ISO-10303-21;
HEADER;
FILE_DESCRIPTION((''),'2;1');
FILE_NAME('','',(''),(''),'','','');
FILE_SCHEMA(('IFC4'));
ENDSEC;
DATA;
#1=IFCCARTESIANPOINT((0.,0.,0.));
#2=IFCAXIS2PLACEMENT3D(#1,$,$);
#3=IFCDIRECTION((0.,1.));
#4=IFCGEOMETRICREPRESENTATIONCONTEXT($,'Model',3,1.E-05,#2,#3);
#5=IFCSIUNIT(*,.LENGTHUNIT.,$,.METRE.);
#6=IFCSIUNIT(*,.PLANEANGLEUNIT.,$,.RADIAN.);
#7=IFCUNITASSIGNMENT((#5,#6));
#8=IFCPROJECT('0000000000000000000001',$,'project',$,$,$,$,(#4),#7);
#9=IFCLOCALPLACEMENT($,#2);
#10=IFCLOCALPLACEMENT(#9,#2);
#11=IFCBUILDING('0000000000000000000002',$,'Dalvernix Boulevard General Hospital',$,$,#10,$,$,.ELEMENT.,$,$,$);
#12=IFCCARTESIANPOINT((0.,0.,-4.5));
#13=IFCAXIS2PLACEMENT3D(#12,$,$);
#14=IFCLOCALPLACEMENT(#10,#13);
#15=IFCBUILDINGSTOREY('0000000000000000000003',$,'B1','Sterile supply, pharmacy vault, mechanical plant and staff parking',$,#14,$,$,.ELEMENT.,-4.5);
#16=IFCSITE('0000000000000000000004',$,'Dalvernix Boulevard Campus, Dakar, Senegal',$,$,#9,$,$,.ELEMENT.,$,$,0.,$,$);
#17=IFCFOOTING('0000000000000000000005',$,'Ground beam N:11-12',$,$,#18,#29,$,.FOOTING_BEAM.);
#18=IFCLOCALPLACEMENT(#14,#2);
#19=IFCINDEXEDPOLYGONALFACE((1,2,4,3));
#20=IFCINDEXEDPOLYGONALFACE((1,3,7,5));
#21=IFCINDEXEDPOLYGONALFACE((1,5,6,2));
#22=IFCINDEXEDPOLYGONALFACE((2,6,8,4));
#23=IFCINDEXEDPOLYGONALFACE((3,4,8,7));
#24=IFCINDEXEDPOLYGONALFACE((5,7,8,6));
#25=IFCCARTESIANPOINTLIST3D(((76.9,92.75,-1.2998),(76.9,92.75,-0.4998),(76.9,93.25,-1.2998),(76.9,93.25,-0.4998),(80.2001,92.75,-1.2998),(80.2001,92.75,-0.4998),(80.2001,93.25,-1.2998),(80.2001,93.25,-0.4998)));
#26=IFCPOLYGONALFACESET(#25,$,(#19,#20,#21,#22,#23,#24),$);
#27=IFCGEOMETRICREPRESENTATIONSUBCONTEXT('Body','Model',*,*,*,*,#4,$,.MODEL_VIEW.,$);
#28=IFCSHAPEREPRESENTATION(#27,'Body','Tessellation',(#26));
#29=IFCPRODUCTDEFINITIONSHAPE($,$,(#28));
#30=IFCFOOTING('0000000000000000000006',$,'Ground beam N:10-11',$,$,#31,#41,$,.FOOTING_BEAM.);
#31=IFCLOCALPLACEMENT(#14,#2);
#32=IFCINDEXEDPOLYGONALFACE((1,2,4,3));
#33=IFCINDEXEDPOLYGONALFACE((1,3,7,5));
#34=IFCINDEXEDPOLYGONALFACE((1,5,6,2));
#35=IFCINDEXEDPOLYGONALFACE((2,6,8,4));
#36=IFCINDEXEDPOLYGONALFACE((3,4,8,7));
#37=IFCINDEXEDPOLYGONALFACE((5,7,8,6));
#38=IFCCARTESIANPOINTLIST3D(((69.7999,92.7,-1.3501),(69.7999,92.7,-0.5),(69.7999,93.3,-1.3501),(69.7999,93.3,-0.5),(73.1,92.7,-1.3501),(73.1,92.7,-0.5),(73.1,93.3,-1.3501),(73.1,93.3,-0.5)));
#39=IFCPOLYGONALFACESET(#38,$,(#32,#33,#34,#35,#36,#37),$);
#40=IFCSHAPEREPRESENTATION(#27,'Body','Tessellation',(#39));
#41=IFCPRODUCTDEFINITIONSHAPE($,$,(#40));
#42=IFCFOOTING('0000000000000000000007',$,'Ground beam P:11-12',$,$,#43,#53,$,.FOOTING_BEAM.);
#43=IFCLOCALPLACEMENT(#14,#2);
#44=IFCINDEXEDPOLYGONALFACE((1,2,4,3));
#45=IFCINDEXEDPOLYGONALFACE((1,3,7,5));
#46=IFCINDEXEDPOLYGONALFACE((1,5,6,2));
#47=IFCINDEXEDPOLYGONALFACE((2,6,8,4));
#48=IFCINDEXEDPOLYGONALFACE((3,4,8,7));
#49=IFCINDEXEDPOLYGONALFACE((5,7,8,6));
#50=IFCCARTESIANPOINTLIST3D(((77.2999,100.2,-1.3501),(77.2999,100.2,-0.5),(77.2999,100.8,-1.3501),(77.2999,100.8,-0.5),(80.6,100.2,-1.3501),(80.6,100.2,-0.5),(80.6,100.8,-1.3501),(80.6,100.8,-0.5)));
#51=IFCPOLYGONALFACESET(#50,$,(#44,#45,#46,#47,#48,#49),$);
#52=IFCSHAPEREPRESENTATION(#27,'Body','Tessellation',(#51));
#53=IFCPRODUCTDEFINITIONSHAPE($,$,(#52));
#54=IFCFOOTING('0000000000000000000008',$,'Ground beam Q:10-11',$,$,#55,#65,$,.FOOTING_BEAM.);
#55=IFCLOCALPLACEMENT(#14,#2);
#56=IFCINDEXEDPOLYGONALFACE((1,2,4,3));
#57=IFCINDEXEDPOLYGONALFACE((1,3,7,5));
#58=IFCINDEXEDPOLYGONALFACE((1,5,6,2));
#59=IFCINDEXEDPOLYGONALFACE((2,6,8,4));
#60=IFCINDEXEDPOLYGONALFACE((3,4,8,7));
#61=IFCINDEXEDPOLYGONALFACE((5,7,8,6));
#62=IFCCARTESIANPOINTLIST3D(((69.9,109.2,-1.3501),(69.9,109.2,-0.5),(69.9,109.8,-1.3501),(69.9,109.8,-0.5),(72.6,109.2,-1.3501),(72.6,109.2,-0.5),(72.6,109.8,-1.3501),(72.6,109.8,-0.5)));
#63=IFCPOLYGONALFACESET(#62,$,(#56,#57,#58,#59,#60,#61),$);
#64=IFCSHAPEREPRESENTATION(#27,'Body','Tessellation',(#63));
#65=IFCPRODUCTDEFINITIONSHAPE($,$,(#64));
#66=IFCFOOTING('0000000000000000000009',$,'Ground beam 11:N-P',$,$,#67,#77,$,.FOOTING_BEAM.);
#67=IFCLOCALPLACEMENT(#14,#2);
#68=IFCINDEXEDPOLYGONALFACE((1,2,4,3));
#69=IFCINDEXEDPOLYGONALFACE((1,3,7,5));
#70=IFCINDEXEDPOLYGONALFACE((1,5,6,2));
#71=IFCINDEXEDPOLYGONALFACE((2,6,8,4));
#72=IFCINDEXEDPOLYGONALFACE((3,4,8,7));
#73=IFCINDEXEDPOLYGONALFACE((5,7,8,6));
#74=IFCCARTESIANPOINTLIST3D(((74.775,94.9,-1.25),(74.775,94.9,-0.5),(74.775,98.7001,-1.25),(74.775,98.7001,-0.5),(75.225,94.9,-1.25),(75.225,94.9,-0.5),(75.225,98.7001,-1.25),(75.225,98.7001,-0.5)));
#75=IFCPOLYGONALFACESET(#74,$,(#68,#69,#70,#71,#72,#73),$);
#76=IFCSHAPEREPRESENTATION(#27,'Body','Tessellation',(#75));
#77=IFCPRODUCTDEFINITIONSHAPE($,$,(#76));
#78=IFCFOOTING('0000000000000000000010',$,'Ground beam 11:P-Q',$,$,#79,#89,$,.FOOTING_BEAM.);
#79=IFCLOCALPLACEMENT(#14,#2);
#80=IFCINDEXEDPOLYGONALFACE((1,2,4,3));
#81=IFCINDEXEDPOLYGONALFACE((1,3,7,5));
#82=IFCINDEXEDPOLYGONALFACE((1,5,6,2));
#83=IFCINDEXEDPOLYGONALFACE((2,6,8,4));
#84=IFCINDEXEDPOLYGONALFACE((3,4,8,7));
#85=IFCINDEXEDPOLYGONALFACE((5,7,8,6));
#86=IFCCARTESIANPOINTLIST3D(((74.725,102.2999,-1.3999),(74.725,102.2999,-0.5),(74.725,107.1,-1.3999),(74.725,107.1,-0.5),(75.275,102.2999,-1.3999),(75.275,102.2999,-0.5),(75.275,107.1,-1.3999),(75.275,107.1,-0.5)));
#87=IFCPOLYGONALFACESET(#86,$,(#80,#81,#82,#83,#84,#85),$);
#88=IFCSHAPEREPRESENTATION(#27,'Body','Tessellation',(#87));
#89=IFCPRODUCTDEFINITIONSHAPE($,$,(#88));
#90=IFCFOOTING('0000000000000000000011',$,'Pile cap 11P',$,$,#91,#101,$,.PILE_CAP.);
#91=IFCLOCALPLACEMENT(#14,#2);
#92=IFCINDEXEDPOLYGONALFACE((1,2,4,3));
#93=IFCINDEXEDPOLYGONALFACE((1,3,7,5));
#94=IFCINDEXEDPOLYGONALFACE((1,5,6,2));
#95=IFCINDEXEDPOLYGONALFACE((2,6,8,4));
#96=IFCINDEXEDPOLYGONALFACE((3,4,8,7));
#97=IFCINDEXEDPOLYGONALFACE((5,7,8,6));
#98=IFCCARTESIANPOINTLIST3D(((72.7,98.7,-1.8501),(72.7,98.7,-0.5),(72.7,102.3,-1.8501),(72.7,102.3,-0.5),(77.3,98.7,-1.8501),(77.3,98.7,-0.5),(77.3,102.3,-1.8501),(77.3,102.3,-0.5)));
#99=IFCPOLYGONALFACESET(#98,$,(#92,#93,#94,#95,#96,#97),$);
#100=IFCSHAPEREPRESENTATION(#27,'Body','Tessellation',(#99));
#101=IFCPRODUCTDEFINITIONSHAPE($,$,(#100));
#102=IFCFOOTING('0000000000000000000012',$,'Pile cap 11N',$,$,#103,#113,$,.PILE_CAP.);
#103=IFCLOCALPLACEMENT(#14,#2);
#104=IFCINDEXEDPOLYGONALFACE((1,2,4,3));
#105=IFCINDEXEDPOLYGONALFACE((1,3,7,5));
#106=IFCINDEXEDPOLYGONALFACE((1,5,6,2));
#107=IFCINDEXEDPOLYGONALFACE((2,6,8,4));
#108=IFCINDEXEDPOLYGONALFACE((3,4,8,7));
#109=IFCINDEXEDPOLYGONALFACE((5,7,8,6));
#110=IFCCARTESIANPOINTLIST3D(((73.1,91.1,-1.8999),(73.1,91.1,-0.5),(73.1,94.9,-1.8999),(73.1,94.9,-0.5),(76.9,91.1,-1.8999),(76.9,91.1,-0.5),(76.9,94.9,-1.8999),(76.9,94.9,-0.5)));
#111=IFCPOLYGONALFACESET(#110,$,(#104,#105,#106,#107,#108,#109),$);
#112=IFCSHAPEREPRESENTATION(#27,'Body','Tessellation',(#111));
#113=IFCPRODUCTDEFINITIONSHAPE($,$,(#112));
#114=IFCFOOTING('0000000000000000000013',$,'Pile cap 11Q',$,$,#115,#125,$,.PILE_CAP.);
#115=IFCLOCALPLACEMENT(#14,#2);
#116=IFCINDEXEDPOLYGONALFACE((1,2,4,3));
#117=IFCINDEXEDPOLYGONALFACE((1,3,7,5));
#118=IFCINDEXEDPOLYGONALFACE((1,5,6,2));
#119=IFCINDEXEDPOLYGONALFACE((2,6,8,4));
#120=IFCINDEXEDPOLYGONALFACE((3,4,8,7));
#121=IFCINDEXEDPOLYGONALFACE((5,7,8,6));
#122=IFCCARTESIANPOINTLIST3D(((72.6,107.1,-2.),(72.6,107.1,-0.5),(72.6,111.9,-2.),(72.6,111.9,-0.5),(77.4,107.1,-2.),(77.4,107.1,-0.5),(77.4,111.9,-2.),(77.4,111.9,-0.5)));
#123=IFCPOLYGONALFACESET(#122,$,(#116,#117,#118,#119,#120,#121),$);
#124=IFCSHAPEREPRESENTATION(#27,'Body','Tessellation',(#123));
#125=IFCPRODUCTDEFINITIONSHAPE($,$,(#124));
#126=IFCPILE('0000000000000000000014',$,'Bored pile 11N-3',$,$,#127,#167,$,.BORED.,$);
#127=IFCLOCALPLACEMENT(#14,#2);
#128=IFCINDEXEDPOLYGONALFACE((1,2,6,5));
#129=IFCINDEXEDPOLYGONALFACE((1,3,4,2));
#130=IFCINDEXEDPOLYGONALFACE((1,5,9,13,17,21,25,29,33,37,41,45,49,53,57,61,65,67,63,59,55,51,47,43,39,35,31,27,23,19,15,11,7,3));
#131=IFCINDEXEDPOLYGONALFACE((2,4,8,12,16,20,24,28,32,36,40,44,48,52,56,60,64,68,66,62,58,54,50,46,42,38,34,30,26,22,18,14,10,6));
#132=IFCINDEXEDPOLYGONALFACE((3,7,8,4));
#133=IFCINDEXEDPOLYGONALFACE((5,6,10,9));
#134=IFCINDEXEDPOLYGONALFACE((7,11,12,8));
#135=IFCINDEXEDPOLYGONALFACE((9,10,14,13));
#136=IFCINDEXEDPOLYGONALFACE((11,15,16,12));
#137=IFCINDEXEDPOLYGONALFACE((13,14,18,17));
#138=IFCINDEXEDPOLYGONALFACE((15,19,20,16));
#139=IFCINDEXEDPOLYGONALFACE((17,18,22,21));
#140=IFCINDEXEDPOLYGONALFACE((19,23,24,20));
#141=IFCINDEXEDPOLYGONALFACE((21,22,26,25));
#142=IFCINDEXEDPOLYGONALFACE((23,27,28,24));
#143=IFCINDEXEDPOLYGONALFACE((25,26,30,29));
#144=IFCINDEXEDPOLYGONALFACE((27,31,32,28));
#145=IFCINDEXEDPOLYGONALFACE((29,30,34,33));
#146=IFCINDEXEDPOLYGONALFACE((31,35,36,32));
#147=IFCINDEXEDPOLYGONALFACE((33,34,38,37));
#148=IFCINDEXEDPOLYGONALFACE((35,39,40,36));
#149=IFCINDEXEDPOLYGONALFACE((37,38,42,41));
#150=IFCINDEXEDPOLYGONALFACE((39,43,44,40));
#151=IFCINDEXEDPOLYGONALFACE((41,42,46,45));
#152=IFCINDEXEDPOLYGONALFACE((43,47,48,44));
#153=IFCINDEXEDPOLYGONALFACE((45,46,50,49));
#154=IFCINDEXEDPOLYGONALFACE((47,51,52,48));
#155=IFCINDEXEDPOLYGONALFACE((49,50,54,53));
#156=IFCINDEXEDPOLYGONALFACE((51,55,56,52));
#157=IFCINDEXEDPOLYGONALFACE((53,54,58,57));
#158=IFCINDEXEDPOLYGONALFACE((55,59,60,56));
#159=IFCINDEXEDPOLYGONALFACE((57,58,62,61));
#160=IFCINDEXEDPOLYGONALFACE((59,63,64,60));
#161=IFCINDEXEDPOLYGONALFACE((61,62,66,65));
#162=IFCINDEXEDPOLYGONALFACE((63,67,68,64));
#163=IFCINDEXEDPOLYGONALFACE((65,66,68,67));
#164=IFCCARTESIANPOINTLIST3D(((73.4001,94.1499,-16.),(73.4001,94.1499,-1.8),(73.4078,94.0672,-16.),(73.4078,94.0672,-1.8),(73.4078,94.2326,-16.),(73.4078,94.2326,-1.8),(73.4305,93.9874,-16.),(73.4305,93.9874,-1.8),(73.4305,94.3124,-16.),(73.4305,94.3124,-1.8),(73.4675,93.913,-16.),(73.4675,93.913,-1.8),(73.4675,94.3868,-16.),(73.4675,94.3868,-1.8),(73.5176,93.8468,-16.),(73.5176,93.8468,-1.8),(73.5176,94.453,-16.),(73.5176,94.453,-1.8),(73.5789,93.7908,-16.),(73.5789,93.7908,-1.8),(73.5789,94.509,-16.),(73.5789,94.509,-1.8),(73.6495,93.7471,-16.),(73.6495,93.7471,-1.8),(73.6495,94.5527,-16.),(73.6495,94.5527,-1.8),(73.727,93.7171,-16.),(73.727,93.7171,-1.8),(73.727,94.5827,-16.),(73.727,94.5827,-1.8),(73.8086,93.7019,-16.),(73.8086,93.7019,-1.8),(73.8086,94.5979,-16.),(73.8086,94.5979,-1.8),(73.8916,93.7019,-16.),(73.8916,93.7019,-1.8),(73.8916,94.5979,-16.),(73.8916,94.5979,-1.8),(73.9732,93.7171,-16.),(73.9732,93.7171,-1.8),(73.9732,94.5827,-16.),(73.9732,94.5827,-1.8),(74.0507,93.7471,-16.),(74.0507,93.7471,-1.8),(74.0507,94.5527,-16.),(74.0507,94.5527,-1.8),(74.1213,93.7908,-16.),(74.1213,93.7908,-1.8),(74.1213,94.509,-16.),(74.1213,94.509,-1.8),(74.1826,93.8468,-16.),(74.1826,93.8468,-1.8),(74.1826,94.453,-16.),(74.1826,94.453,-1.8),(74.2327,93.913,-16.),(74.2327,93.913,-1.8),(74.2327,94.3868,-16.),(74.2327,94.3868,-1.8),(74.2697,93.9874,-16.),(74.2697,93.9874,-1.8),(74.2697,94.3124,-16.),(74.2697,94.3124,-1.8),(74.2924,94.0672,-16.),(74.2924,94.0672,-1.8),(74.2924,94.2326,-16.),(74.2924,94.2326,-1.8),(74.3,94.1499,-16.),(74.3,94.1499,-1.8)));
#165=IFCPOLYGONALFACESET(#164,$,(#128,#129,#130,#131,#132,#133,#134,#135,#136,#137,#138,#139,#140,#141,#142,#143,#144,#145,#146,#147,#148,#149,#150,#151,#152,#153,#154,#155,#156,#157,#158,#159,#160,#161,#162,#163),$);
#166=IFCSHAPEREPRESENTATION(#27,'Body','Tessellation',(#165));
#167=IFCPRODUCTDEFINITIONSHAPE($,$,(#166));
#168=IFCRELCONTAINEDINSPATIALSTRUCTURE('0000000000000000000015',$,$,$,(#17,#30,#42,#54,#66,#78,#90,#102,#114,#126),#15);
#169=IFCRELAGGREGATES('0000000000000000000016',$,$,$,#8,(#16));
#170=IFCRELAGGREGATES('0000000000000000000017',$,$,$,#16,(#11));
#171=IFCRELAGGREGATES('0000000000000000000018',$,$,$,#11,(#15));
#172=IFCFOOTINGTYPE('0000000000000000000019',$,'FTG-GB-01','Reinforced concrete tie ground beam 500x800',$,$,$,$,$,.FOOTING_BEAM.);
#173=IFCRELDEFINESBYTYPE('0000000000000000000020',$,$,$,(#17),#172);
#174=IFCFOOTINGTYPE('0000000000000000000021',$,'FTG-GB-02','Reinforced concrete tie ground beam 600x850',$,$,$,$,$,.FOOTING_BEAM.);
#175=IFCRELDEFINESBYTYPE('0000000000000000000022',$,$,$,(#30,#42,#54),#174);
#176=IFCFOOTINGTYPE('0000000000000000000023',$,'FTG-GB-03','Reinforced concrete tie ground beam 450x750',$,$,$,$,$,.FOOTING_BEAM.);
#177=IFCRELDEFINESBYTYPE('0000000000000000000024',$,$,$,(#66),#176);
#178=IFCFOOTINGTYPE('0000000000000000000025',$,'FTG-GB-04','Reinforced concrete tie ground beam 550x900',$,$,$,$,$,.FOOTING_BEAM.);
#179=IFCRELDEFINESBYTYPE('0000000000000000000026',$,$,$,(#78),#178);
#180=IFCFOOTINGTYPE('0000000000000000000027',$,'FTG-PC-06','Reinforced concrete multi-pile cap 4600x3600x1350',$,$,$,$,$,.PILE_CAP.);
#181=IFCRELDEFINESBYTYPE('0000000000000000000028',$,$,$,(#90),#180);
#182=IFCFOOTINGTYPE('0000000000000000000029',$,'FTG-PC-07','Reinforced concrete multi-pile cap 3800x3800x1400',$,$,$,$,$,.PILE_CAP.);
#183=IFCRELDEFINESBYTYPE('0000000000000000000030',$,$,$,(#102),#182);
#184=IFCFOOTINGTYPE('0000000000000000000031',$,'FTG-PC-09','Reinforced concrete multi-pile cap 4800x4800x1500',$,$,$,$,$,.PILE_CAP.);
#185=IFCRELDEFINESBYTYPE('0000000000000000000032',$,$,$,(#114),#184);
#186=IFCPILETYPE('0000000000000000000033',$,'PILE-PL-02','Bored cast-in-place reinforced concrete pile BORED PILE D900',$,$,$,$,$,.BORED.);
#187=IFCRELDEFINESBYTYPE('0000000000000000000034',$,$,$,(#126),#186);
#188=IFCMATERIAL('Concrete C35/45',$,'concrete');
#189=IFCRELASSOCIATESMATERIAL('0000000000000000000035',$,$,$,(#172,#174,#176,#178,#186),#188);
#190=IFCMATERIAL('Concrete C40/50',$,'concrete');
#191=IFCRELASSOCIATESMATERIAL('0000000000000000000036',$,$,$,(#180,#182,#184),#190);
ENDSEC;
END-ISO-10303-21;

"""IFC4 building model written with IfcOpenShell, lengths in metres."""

from ifc_helpers import new_model, si_unit, direction, frame, origin, origin_2d, place, context, subcontext, project, spatial, rectangle, circle, extrude, material, material_profile, profile_set, type_object, element, save


model = new_model("IFC4")

# Units and contexts
model_context = context("Model", 3, precision=1e-05, world=origin(), true_north=direction((0.0, 1.0)))
body_context = subcontext(model_context, "Body", "Model", "MODEL_VIEW")
ifc_project = project(units=[si_unit("LENGTHUNIT", "METRE"), si_unit("PLANEANGLEUNIT", "RADIAN")], contexts=[model_context])

# Site, building, storey
site_placement = place(None, origin())
site = spatial("IfcSite", under=ifc_project, at=site_placement, Name="Dalvernix Boulevard Campus, Dakar, Senegal", CompositionType="ELEMENT", RefElevation=0.0)
building_placement = place(site_placement, origin())
building = spatial("IfcBuilding", under=site, at=building_placement, Name="Dalvernix Boulevard General Hospital", CompositionType="ELEMENT")
storey_placement = place(building_placement, frame((0.0, 0.0, -4.5)))
storey = spatial("IfcBuildingStorey", under=building, at=storey_placement, Name="B1", Description="Sterile supply, pharmacy vault, mechanical plant and staff parking", CompositionType="ELEMENT", Elevation=-4.5)

# Footings
ifc_material_1 = material(Name="Concrete C35/45", Category="concrete")
footing_type_1 = type_object("IfcFootingType", Name="FTG-GB-01", Description="Reinforced concrete tie ground beam 500x800", PredefinedType="FOOTING_BEAM", material=ifc_material_1)
footing_1_placement = place(storey_placement, frame((78.55, 93.0, -1.2998), z_axis=(0.0, 0.0, 1.0), x_axis=(1.0, 0.0, 0.0)))
element("IfcFooting", 1, at=footing_1_placement, inside=storey, type_object=footing_type_1, Name="Ground beam N:11-12", PredefinedType="FOOTING_BEAM", context=body_context, shape_type="SweptSolid", body=[
    extrude(rectangle(XDim=3.3, YDim=0.5, at=origin_2d()), origin(), (0.0, 0.0, 1.0), 0.8),
])
footing_type_2 = type_object("IfcFootingType", Name="FTG-GB-02", Description="Reinforced concrete tie ground beam 600x850", PredefinedType="FOOTING_BEAM", material=ifc_material_1)
for number, where, z_axis, x_axis, name in (
    (2, (71.45, 93.0, -1.3501), (0.0, 0.0, 1.0), (1.0, 0.0, 0.0), "Ground beam N:10-11"),
    (3, (78.95, 100.5, -1.3501), (0.0, 0.0, 1.0), (1.0, 0.0, 0.0), "Ground beam P:11-12"),
):
    element("IfcFooting", number, at=place(storey_placement, frame(where, z_axis=z_axis, x_axis=x_axis)), inside=storey, type_object=footing_type_2, Name=name, PredefinedType="FOOTING_BEAM", context=body_context, shape_type="SweptSolid", body=[
        extrude(rectangle(XDim=3.3, YDim=0.6001, at=origin_2d()), origin(), (0.0, 0.0, 1.0), 0.8501),
    ])
footing_2_placement = place(storey_placement, frame((71.25, 109.5, -1.3501), z_axis=(0.0, 0.0, 1.0), x_axis=(1.0, 0.0, 0.0)))
element("IfcFooting", 4, at=footing_2_placement, inside=storey, type_object=footing_type_2, Name="Ground beam Q:10-11", PredefinedType="FOOTING_BEAM", context=body_context, shape_type="SweptSolid", body=[
    extrude(rectangle(XDim=2.7, YDim=0.6001, at=origin_2d()), origin(), (0.0, 0.0, 1.0), 0.8501),
])
footing_type_3 = type_object("IfcFootingType", Name="FTG-GB-03", Description="Reinforced concrete tie ground beam 450x750", PredefinedType="FOOTING_BEAM", material=ifc_material_1)
footing_3_placement = place(storey_placement, frame((75.0, 96.8, -1.25), z_axis=(0.0, 0.0, 1.0), x_axis=(0.0, 1.0, 0.0)))
element("IfcFooting", 5, at=footing_3_placement, inside=storey, type_object=footing_type_3, Name="Ground beam 11:N-P", PredefinedType="FOOTING_BEAM", context=body_context, shape_type="SweptSolid", body=[
    extrude(rectangle(XDim=3.8, YDim=0.45, at=origin_2d()), origin(), (0.0, 0.0, 1.0), 0.75),
])
footing_type_4 = type_object("IfcFootingType", Name="FTG-GB-04", Description="Reinforced concrete tie ground beam 550x900", PredefinedType="FOOTING_BEAM", material=ifc_material_1)
footing_4_placement = place(storey_placement, frame((75.0, 104.7, -1.3999), z_axis=(0.0, 0.0, 1.0), x_axis=(0.0, 1.0, 0.0)))
element("IfcFooting", 6, at=footing_4_placement, inside=storey, type_object=footing_type_4, Name="Ground beam 11:P-Q", PredefinedType="FOOTING_BEAM", context=body_context, shape_type="SweptSolid", body=[
    extrude(rectangle(XDim=4.8, YDim=0.55, at=origin_2d()), origin(), (0.0, 0.0, 1.0), 0.8999),
])
ifc_material_2 = material(Name="Concrete C40/50", Category="concrete")
footing_type_5 = type_object("IfcFootingType", Name="FTG-PC-06", Description="Reinforced concrete multi-pile cap 4600x3600x1350", PredefinedType="PILE_CAP", material=ifc_material_2)
footing_5_placement = place(storey_placement, frame((75.0, 100.5, -1.8501), z_axis=(0.0, 0.0, 1.0), x_axis=(1.0, 0.0, 0.0)))
element("IfcFooting", 7, at=footing_5_placement, inside=storey, type_object=footing_type_5, Name="Pile cap 11P", PredefinedType="PILE_CAP", context=body_context, shape_type="SweptSolid", body=[
    extrude(rectangle(XDim=4.6001, YDim=3.6001, at=origin_2d()), origin(), (0.0, 0.0, 1.0), 1.3501),
])
footing_type_6 = type_object("IfcFootingType", Name="FTG-PC-07", Description="Reinforced concrete multi-pile cap 3800x3800x1400", PredefinedType="PILE_CAP", material=ifc_material_2)
footing_6_placement = place(storey_placement, frame((75.0, 93.0, -1.8999), z_axis=(0.0, 0.0, 1.0), x_axis=(1.0, 0.0, 0.0)))
element("IfcFooting", 8, at=footing_6_placement, inside=storey, type_object=footing_type_6, Name="Pile cap 11N", PredefinedType="PILE_CAP", context=body_context, shape_type="SweptSolid", body=[
    extrude(rectangle(XDim=3.8, YDim=3.8, at=origin_2d()), origin(), (0.0, 0.0, 1.0), 1.3999),
])
footing_type_7 = type_object("IfcFootingType", Name="FTG-PC-09", Description="Reinforced concrete multi-pile cap 4800x4800x1500", PredefinedType="PILE_CAP", material=ifc_material_2)
footing_7_placement = place(storey_placement, frame((75.0, 109.5, -2.0), z_axis=(0.0, 0.0, 1.0), x_axis=(1.0, 0.0, 0.0)))
element("IfcFooting", 9, at=footing_7_placement, inside=storey, type_object=footing_type_7, Name="Pile cap 11Q", PredefinedType="PILE_CAP", context=body_context, shape_type="SweptSolid", body=[
    extrude(rectangle(XDim=4.8, YDim=4.8, at=origin_2d()), origin(), (0.0, 0.0, 1.0), 1.5),
])

# Pile
ifc_material_profile_1 = material_profile(ifc_material_1, circle(Radius=0.45, at=origin_2d()), Name="BORED PILE D900")
ifc_profile_set_1 = profile_set([ifc_material_profile_1], Name="Concrete C35/45")
pile_type_1 = type_object("IfcPileType", Name="PILE-PL-02", Description="Bored cast-in-place reinforced concrete pile BORED PILE D900", PredefinedType="BORED", material=ifc_profile_set_1)
for number, where, z_axis, x_axis, name in (
    (10, (73.8501, 94.1499, -1.8), (0.0, 0.0, -1.0), (1.0, 0.0, 0.0), "Bored pile 11N-3"),
):
    element("IfcPile", number, at=place(storey_placement, frame(where, z_axis=z_axis, x_axis=x_axis)), inside=storey, type_object=pile_type_1, Name=name, PredefinedType="BORED", context=body_context, shape_type="SweptSolid", body=[
        extrude(circle(Radius=0.45, at=origin_2d()), origin(), (0.0, 0.0, 1.0), 14.2),
    ])

save(model, "model.ifc")
